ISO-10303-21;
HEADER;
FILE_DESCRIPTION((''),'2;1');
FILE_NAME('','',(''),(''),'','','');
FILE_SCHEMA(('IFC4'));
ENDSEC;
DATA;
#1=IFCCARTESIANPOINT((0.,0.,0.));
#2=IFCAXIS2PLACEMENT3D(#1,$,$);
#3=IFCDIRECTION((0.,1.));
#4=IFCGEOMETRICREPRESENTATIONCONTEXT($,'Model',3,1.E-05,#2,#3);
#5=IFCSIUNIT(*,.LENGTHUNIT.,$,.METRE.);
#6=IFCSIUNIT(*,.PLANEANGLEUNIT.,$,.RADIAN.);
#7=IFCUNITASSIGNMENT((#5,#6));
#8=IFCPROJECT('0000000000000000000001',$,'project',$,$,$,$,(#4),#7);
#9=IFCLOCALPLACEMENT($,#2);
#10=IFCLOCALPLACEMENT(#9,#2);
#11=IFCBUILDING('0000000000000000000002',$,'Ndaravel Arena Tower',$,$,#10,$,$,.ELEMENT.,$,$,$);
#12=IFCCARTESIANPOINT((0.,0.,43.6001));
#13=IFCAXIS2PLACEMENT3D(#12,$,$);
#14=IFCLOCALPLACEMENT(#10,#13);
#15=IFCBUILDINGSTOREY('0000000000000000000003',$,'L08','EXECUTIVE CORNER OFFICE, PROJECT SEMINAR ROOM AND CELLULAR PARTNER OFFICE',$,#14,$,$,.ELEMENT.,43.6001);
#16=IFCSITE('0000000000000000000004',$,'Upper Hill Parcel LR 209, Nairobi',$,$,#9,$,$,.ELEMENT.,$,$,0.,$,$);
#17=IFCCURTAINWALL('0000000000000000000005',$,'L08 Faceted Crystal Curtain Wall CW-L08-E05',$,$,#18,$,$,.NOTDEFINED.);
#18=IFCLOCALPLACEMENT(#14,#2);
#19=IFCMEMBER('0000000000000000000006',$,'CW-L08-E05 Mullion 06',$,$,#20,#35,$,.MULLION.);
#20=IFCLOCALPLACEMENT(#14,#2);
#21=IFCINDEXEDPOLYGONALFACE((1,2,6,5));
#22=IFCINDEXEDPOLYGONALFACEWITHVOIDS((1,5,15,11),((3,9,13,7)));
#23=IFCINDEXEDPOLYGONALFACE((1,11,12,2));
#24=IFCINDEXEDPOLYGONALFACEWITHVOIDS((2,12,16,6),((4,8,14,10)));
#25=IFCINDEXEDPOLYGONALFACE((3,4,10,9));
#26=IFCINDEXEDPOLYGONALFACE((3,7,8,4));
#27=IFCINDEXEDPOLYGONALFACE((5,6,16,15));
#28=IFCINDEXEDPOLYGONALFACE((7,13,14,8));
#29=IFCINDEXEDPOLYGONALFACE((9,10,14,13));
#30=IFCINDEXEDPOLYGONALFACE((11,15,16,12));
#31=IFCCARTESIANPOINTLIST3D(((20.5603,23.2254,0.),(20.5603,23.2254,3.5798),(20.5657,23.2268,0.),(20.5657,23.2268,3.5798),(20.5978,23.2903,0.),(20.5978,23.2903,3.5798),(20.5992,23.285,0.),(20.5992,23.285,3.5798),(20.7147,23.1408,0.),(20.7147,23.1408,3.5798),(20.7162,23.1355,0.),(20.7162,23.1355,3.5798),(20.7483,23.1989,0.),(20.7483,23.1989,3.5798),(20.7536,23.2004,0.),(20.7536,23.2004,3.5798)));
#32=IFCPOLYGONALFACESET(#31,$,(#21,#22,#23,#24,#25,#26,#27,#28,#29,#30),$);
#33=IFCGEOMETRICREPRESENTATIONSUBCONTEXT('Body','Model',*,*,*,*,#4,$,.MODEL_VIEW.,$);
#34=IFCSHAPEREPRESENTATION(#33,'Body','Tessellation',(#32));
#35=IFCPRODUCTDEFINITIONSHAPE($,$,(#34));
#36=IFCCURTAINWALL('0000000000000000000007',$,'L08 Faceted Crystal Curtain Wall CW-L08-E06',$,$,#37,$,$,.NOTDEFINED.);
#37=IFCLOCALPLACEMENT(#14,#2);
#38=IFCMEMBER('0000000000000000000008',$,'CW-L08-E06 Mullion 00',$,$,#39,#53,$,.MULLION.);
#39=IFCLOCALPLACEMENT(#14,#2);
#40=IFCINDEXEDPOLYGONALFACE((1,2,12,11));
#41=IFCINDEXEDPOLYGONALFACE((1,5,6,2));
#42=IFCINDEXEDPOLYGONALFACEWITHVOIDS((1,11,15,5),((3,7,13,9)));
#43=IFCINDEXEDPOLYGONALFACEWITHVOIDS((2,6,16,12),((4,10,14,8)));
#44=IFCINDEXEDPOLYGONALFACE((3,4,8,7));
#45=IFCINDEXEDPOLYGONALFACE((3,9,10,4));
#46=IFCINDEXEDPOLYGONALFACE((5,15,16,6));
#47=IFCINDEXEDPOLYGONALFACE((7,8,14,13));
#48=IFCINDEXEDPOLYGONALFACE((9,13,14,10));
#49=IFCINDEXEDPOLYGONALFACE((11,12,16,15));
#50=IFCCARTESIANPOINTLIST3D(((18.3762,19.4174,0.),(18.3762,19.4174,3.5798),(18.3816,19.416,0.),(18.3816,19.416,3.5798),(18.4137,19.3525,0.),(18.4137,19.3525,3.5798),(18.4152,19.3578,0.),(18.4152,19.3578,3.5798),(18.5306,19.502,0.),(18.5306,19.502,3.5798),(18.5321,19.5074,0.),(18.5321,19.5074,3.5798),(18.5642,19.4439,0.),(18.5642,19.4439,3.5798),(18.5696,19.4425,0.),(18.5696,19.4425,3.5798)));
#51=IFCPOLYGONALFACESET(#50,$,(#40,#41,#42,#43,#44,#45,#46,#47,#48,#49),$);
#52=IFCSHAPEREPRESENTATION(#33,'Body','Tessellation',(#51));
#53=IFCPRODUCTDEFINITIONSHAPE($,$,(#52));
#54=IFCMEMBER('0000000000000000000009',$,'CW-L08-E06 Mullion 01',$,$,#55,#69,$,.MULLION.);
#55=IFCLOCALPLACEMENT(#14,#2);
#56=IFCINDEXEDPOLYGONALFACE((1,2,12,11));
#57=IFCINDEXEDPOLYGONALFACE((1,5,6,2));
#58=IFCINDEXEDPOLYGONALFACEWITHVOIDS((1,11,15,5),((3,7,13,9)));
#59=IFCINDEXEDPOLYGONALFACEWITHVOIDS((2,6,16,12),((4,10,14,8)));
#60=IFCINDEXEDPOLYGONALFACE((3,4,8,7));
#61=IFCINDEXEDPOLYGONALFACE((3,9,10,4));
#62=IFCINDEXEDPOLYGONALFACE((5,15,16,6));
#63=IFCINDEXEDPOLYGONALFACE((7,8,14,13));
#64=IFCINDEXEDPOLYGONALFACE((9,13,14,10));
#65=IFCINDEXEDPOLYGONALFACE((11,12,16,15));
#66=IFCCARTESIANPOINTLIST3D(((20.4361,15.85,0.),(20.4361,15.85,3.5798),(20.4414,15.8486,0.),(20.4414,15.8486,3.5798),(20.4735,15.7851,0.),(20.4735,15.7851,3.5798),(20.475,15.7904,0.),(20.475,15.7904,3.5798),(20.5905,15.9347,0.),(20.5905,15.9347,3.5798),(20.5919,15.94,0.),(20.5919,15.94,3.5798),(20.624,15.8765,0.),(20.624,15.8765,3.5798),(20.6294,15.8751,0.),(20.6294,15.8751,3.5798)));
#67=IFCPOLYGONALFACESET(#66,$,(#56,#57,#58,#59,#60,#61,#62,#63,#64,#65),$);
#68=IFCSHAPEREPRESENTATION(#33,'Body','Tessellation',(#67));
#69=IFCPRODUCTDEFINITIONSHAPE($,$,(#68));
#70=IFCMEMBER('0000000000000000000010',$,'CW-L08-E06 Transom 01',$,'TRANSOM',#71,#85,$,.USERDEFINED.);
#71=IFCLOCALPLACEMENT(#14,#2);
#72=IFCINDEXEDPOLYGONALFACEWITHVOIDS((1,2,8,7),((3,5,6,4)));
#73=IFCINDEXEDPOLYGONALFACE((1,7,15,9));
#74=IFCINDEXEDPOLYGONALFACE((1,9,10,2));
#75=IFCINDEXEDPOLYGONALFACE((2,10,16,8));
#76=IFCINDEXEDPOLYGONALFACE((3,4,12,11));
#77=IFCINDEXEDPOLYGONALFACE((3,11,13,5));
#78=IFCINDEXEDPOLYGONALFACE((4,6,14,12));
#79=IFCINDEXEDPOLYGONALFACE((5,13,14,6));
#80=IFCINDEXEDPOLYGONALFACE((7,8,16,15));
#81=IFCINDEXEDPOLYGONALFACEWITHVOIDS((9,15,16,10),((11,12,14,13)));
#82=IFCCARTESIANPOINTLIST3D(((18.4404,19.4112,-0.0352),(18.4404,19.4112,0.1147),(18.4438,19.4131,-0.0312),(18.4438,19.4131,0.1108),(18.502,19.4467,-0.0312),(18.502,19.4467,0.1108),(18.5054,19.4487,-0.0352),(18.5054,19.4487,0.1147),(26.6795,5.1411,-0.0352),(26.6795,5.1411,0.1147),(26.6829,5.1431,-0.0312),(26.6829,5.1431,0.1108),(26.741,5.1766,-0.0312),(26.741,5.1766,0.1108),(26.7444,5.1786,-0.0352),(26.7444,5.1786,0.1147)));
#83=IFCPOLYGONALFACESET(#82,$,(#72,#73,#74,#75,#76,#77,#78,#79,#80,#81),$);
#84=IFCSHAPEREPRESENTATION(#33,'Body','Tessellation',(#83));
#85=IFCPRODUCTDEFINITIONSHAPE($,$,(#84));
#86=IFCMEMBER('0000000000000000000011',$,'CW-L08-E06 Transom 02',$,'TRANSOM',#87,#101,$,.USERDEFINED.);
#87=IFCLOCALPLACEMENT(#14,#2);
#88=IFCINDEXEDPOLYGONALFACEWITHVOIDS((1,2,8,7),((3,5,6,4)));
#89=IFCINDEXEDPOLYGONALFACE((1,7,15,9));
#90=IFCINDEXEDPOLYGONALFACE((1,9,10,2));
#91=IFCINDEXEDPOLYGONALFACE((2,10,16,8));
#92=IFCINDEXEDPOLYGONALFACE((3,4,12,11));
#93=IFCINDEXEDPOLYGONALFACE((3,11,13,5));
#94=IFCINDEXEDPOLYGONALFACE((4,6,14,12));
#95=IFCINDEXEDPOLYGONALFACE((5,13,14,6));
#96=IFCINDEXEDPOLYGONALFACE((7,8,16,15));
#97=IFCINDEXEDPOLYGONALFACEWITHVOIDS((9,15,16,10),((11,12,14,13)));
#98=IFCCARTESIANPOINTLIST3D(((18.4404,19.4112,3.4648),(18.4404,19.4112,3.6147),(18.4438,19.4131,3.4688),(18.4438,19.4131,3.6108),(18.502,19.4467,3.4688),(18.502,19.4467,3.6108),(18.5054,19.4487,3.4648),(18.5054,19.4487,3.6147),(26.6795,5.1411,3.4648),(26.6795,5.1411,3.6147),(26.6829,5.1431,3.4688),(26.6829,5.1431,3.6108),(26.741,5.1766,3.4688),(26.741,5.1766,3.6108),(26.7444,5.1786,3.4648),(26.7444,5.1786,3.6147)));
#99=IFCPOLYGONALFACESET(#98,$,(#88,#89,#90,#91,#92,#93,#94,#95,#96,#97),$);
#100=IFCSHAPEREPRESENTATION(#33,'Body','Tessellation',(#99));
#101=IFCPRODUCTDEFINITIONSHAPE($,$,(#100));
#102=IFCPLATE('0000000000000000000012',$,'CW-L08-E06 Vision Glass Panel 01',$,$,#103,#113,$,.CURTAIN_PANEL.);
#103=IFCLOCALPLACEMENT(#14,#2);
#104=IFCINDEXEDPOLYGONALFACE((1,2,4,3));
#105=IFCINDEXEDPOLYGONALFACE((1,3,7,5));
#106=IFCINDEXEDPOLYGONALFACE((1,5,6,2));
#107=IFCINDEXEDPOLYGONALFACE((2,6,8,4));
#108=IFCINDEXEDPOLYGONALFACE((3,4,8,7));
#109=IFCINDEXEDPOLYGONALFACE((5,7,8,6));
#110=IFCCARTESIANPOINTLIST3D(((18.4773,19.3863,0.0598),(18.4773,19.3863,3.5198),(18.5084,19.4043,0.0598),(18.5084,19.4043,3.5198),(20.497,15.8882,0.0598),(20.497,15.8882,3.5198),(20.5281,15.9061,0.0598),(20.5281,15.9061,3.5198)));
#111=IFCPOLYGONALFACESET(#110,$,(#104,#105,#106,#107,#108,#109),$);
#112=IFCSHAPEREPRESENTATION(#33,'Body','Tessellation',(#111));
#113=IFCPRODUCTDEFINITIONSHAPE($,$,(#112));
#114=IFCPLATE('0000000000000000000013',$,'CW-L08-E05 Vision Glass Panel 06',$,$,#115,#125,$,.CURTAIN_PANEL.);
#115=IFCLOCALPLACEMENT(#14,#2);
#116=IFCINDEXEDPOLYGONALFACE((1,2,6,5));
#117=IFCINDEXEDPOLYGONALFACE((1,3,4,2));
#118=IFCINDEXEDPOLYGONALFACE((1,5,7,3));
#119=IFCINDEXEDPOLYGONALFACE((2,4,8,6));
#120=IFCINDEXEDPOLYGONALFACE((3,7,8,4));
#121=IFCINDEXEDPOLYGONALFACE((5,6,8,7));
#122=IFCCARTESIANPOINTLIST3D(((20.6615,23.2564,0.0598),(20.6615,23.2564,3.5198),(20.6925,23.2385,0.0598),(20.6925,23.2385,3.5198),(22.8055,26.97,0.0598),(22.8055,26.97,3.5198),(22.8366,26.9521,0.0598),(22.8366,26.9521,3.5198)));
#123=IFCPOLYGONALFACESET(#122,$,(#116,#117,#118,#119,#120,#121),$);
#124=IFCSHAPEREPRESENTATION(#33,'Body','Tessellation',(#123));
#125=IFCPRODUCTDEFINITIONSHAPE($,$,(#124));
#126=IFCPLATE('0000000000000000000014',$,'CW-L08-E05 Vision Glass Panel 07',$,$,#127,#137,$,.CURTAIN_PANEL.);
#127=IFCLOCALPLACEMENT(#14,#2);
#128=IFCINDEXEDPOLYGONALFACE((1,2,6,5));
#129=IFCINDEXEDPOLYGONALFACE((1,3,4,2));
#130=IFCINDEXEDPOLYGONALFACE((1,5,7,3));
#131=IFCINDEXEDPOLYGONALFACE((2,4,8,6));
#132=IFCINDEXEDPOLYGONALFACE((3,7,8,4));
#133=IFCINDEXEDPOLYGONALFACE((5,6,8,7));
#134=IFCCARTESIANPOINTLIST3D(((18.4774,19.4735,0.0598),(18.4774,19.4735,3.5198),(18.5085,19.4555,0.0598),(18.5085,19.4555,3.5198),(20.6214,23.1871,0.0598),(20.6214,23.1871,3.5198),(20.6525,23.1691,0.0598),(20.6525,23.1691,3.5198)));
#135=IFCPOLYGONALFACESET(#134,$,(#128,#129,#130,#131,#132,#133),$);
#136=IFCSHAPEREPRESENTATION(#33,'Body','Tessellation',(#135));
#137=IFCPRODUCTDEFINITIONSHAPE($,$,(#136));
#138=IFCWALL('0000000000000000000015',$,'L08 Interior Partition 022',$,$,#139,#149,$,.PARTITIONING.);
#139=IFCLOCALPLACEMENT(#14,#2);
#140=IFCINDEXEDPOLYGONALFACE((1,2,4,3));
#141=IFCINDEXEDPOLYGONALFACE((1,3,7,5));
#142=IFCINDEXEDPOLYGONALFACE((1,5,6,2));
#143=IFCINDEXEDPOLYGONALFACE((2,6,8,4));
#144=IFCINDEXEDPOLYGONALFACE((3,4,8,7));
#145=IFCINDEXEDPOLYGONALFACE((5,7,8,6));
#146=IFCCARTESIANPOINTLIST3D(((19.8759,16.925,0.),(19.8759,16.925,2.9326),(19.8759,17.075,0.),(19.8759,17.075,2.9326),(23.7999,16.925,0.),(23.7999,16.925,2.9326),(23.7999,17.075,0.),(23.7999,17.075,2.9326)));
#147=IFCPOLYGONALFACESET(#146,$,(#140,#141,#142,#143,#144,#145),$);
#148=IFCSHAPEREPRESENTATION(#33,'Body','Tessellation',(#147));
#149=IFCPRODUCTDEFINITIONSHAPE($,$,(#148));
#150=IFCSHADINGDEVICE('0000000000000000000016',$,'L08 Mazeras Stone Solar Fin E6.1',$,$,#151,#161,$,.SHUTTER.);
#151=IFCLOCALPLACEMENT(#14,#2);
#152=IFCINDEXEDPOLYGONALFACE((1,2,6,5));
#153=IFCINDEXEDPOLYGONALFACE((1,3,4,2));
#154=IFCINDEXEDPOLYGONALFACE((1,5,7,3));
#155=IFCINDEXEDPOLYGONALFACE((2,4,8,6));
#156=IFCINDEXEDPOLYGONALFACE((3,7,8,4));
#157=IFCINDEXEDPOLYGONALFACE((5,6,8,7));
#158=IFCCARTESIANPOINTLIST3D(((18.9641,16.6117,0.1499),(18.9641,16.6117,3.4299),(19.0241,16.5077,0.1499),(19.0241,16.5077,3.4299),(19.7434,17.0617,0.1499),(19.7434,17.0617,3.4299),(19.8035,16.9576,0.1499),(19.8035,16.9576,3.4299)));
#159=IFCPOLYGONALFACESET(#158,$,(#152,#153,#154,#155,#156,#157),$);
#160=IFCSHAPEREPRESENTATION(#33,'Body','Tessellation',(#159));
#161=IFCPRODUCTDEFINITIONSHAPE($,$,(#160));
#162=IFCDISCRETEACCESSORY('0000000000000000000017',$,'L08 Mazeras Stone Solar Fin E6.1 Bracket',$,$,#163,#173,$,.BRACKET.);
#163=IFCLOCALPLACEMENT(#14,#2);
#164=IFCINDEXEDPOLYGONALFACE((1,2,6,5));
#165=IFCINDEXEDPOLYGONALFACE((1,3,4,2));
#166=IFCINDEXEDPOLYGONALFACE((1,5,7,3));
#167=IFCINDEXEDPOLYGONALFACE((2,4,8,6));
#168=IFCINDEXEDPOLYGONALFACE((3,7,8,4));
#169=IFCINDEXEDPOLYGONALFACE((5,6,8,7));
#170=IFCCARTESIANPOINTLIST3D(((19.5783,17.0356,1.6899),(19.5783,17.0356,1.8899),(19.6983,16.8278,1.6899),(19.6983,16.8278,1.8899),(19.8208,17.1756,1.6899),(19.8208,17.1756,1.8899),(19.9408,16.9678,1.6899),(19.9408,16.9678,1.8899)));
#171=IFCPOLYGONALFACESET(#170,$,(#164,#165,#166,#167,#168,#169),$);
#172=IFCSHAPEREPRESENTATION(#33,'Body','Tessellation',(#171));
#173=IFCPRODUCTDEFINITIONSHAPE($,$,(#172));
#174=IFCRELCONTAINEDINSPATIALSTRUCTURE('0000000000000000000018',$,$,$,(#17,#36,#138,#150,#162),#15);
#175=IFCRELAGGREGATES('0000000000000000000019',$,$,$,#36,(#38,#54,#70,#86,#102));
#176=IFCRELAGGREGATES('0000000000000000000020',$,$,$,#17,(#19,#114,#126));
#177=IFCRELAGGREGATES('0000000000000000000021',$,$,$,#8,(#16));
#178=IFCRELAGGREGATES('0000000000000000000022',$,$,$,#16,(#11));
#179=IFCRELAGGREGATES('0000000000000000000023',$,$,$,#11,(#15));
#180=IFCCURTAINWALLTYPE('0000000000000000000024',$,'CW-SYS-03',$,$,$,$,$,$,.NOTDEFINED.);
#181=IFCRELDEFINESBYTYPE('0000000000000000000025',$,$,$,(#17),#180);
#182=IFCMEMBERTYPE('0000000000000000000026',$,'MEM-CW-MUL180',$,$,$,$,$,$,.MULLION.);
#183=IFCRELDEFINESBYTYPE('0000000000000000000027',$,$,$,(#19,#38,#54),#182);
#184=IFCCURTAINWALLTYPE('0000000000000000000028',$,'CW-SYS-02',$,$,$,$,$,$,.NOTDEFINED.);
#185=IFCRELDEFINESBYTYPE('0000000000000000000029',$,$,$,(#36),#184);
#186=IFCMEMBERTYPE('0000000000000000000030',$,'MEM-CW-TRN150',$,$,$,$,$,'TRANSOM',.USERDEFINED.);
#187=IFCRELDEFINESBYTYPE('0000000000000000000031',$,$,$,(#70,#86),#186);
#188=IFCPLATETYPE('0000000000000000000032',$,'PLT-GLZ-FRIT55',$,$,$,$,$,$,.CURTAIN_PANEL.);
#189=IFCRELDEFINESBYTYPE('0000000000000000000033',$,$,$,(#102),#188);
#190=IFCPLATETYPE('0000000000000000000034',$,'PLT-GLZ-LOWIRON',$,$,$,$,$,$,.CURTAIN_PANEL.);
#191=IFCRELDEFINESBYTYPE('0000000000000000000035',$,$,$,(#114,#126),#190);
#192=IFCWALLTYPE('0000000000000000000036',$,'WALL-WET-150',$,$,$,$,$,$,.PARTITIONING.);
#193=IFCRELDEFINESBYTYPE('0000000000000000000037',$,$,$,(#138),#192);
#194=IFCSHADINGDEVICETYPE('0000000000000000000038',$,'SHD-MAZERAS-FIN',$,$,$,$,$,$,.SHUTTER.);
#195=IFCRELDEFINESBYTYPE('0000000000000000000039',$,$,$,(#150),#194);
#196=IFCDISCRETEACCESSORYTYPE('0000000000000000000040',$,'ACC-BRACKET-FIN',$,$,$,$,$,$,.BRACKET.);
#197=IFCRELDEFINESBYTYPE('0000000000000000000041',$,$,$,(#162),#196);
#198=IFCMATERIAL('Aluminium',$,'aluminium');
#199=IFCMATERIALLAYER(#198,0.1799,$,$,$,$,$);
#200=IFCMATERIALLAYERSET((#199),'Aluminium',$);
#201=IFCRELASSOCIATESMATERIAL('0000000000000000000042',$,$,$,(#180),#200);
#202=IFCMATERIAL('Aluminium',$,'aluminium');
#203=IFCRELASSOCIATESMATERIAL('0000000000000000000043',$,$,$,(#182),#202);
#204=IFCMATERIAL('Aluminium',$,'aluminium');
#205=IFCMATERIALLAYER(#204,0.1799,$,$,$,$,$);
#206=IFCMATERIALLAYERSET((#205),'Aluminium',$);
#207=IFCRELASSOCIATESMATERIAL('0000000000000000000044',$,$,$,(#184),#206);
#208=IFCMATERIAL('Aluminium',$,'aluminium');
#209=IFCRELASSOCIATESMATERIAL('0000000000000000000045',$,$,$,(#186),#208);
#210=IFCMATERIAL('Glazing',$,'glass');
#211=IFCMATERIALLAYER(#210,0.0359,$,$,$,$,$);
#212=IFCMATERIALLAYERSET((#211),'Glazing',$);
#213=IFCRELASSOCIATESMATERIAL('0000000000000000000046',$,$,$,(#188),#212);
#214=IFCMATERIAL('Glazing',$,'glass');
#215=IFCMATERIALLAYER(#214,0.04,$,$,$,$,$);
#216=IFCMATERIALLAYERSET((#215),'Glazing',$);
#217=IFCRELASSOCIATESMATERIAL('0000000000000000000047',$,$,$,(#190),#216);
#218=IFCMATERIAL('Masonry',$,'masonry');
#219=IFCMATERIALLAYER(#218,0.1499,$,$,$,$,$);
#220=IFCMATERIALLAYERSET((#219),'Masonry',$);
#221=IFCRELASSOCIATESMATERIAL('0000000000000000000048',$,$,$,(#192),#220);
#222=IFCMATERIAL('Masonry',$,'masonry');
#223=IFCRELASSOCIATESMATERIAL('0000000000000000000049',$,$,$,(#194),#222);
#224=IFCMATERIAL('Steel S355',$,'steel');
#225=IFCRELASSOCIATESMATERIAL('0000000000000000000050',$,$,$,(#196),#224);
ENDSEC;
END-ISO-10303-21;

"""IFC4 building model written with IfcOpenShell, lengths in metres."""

from ifc_helpers import new_model, si_unit, direction, frame, frame_2d, origin, origin_2d, place, context, subcontext, project, spatial, rectangle, hollow_rectangle, extrude, material, layer, layer_set, material_profile, profile_set, type_object, element, aggregate, save


model = new_model("IFC4")

# Units and contexts
model_context = context("Model", 3, precision=1e-05, world=origin(), true_north=direction((0.0, 1.0)))
body_context = subcontext(model_context, "Body", "Model", "MODEL_VIEW")
ifc_project = project(units=[si_unit("LENGTHUNIT", "METRE"), si_unit("PLANEANGLEUNIT", "RADIAN")], contexts=[model_context])

# Site, building, storey
site_placement = place(None, origin())
site = spatial("IfcSite", under=ifc_project, at=site_placement, Name="Upper Hill Parcel LR 209, Nairobi", CompositionType="ELEMENT", RefElevation=0.0)
building_placement = place(site_placement, origin())
building = spatial("IfcBuilding", under=site, at=building_placement, Name="Ndaravel Arena Tower", CompositionType="ELEMENT")
storey_placement = place(building_placement, frame((0.0, 0.0, 43.6001)))
storey = spatial("IfcBuildingStorey", under=building, at=storey_placement, Name="L08", Description="EXECUTIVE CORNER OFFICE, PROJECT SEMINAR ROOM AND CELLULAR PARTNER OFFICE", CompositionType="ELEMENT", Elevation=43.6001)

# Curtain wall, member
ifc_material_1 = material(Name="Aluminium", Category="aluminium")
ifc_layer_1 = layer(ifc_material_1, 0.1799)
ifc_layer_set_1 = layer_set([ifc_layer_1], Name="Aluminium")
curtain_wall_type_1 = type_object("IfcCurtainWallType", Name="CW-SYS-03", PredefinedType="NOTDEFINED", material=ifc_layer_set_1)
curtain_wall_1_placement = place(storey_placement, origin())
curtain_wall_1 = element("IfcCurtainWall", 1, at=curtain_wall_1_placement, inside=storey, type_object=curtain_wall_type_1, Name="L08 Faceted Crystal Curtain Wall CW-L08-E05", PredefinedType="NOTDEFINED")
ifc_material_2 = material(Name="Aluminium", Category="aluminium")
ifc_material_profile_1 = material_profile(ifc_material_2, hollow_rectangle(XDim=0.075, YDim=0.1799, WallThickness=0.0039, at=origin_2d()), Name="CW MULLION 75x180x4")
ifc_profile_set_1 = profile_set([ifc_material_profile_1], Name="Aluminium")
member_type_1 = type_object("IfcMemberType", Name="MEM-CW-MUL180", PredefinedType="MULLION", material=ifc_profile_set_1)
member_1_placement = place(storey_placement, frame((20.657, 23.2129, 0.0), z_axis=(0.0, 0.0, 1.0), x_axis=(-0.5, -0.866025, 0.0)))
member_1 = element("IfcMember", 2, at=member_1_placement, type_object=member_type_1, Name="CW-L08-E05 Mullion 06", PredefinedType="MULLION", context=body_context, shape_type="SweptSolid", body=[
    extrude(hollow_rectangle(XDim=0.075, YDim=0.1799, WallThickness=0.0039, at=origin_2d()), origin(), (0.0, 0.0, 1.0), 3.5798),
])

# Curtain wall, members, plate
ifc_material_3 = material(Name="Aluminium", Category="aluminium")
ifc_layer_2 = layer(ifc_material_3, 0.1799)
ifc_layer_set_2 = layer_set([ifc_layer_2], Name="Aluminium")
curtain_wall_type_2 = type_object("IfcCurtainWallType", Name="CW-SYS-02", PredefinedType="NOTDEFINED", material=ifc_layer_set_2)
curtain_wall_2_placement = place(storey_placement, origin())
curtain_wall_2 = element("IfcCurtainWall", 3, at=curtain_wall_2_placement, inside=storey, type_object=curtain_wall_type_2, Name="L08 Faceted Crystal Curtain Wall CW-L08-E06", PredefinedType="NOTDEFINED")
member_2_placement = place(storey_placement, frame((18.4729, 19.4299, 0.0), z_axis=(0.0, 0.0, 1.0), x_axis=(0.5, -0.866025, 0.0)))
member_2 = element("IfcMember", 4, at=member_2_placement, type_object=member_type_1, Name="CW-L08-E06 Mullion 00", PredefinedType="MULLION", context=body_context, shape_type="SweptSolid", body=[
    extrude(hollow_rectangle(XDim=0.075, YDim=0.1799, WallThickness=0.0039, at=origin_2d()), origin(), (0.0, 0.0, 1.0), 3.5798),
])
member_3_placement = place(storey_placement, frame((20.5327, 15.8625, 0.0), z_axis=(0.0, 0.0, 1.0), x_axis=(0.5, -0.866025, 0.0)))
member_3 = element("IfcMember", 5, at=member_3_placement, type_object=member_type_1, Name="CW-L08-E06 Mullion 01", PredefinedType="MULLION", context=body_context, shape_type="SweptSolid", body=[
    extrude(hollow_rectangle(XDim=0.075, YDim=0.1799, WallThickness=0.0039, at=origin_2d()), origin(), (0.0, 0.0, 1.0), 3.5798),
])
ifc_material_4 = material(Name="Aluminium", Category="aluminium")
ifc_material_profile_2 = material_profile(ifc_material_4, hollow_rectangle(XDim=0.075, YDim=0.1499, WallThickness=0.0039, at=origin_2d()), Name="CW TRANSOM 75x150x4")
ifc_profile_set_2 = profile_set([ifc_material_profile_2], Name="Aluminium")
member_type_2 = type_object("IfcMemberType", Name="MEM-CW-TRN150", ElementType="TRANSOM", PredefinedType="USERDEFINED", material=ifc_profile_set_2)
member_4_placement = place(storey_placement, frame((18.4729, 19.4299, 0.0398), z_axis=(0.50001, -0.86602, 0.0), x_axis=(0.86602, 0.50001, 0.0)))
member_4 = element("IfcMember", 6, at=member_4_placement, type_object=member_type_2, Name="CW-L08-E06 Transom 01", ObjectType="TRANSOM", PredefinedType="USERDEFINED", context=body_context, shape_type="SweptSolid", body=[
    extrude(hollow_rectangle(XDim=0.075, YDim=0.1499, WallThickness=0.0039, at=origin_2d()), origin(), (0.0, 0.0, 1.0), 16.4778),
])
member_5_placement = place(storey_placement, frame((18.4729, 19.4299, 3.5398), z_axis=(0.50001, -0.86602, 0.0), x_axis=(0.86602, 0.50001, 0.0)))
member_5 = element("IfcMember", 7, at=member_5_placement, type_object=member_type_2, Name="CW-L08-E06 Transom 02", ObjectType="TRANSOM", PredefinedType="USERDEFINED", context=body_context, shape_type="SweptSolid", body=[
    extrude(hollow_rectangle(XDim=0.075, YDim=0.1499, WallThickness=0.0039, at=origin_2d()), origin(), (0.0, 0.0, 1.0), 16.4778),
])
ifc_material_5 = material(Name="Glazing", Category="glass")
ifc_layer_3 = layer(ifc_material_5, 0.0359)
ifc_layer_set_3 = layer_set([ifc_layer_3], Name="Glazing")
plate_type_1 = type_object("IfcPlateType", Name="PLT-GLZ-FRIT55", PredefinedType="CURTAIN_PANEL", material=ifc_layer_set_3)
plate_1_placement = place(storey_placement, frame((19.5027, 17.6462, 0.0598), z_axis=(0.0, 0.0, 1.0), x_axis=(0.5, -0.866025, 0.0)))
plate_1 = element("IfcPlate", 8, at=plate_1_placement, type_object=plate_type_1, Name="CW-L08-E06 Vision Glass Panel 01", PredefinedType="CURTAIN_PANEL", context=body_context, shape_type="SweptSolid", body=[
    extrude(rectangle(XDim=4.0393, YDim=0.0359, at=origin_2d()), origin(), (0.0, 0.0, 1.0), 3.46),
])
aggregate(curtain_wall_2, [member_2, member_3, member_4, member_5, plate_1])

# Plates
ifc_material_6 = material(Name="Glazing", Category="glass")
ifc_layer_4 = layer(ifc_material_6, 0.04)
ifc_layer_set_4 = layer_set([ifc_layer_4], Name="Glazing")
plate_type_2 = type_object("IfcPlateType", Name="PLT-GLZ-LOWIRON", PredefinedType="CURTAIN_PANEL", material=ifc_layer_set_4)
plate_2_placement = place(storey_placement, frame((21.749, 25.1042, 0.0598), z_axis=(0.0, 0.0, 1.0), x_axis=(-0.5, -0.866025, 0.0)))
plate_2 = element("IfcPlate", 9, at=plate_2_placement, type_object=plate_type_2, Name="CW-L08-E05 Vision Glass Panel 06", PredefinedType="CURTAIN_PANEL", context=body_context, shape_type="SweptSolid", body=[
    extrude(rectangle(XDim=4.2881, YDim=0.0359, at=origin_2d()), origin(), (0.0, 0.0, 1.0), 3.46),
])
plate_3_placement = place(storey_placement, frame((19.5649, 21.3213, 0.0598), z_axis=(0.0, 0.0, 1.0), x_axis=(-0.5, -0.866025, 0.0)))
plate_3 = element("IfcPlate", 10, at=plate_3_placement, type_object=plate_type_2, Name="CW-L08-E05 Vision Glass Panel 07", PredefinedType="CURTAIN_PANEL", context=body_context, shape_type="SweptSolid", body=[
    extrude(rectangle(XDim=4.2881, YDim=0.0359, at=origin_2d()), origin(), (0.0, 0.0, 1.0), 3.46),
])
aggregate(curtain_wall_1, [member_1, plate_2, plate_3])

# Wall
ifc_material_7 = material(Name="Masonry", Category="masonry")
ifc_layer_5 = layer(ifc_material_7, 0.1499)
ifc_layer_set_5 = layer_set([ifc_layer_5], Name="Masonry")
wall_type = type_object("IfcWallType", Name="WALL-WET-150", PredefinedType="PARTITIONING", material=ifc_layer_set_5)
wall_placement = place(storey_placement, frame((19.876, 17.0, 0.0), z_axis=(0.0, 0.0, 1.0), x_axis=(1.0, 0.0, 0.0)))
element("IfcWall", 11, at=wall_placement, inside=storey, type_object=wall_type, Name="L08 Interior Partition 022", PredefinedType="PARTITIONING", context=body_context, shape_type="SweptSolid", body=[
    extrude(rectangle(XDim=3.9241, YDim=0.1499, at=frame_2d((1.9619, 0.0))), origin(), (0.0, 0.0, 1.0), 2.9326),
])

# Shading device
ifc_material_8 = material(Name="Masonry", Category="masonry")
shading_device_type = type_object("IfcShadingDeviceType", Name="SHD-MAZERAS-FIN", PredefinedType="SHUTTER", material=ifc_material_8)
shading_device_placement = place(storey_placement, frame((19.3838, 16.7847, 0.1499), z_axis=(0.0, 0.0, 1.0), x_axis=(-0.866025, -0.5, 0.0)))
element("IfcShadingDevice", 12, at=shading_device_placement, inside=storey, type_object=shading_device_type, Name="L08 Mazeras Stone Solar Fin E6.1", PredefinedType="SHUTTER", context=body_context, shape_type="SweptSolid", body=[
    extrude(rectangle(XDim=0.8999, YDim=0.1201, at=origin_2d()), origin(), (0.0, 0.0, 1.0), 3.28),
])

# Discrete accessory
ifc_material_9 = material(Name="Steel S355", Category="steel")
discrete_accessory_type = type_object("IfcDiscreteAccessoryType", Name="ACC-BRACKET-FIN", PredefinedType="BRACKET", material=ifc_material_9)
discrete_accessory_placement = place(storey_placement, frame((19.7595, 17.0017, 1.6899), z_axis=(0.0, 0.0, 1.0), x_axis=(-0.866025, -0.5, 0.0)))
element("IfcDiscreteAccessory", 13, at=discrete_accessory_placement, inside=storey, type_object=discrete_accessory_type, Name="L08 Mazeras Stone Solar Fin E6.1 Bracket", PredefinedType="BRACKET", context=body_context, shape_type="SweptSolid", body=[
    extrude(rectangle(XDim=0.28, YDim=0.24, at=origin_2d()), origin(), (0.0, 0.0, 1.0), 0.2),
])

save(model, "model.ifc")
